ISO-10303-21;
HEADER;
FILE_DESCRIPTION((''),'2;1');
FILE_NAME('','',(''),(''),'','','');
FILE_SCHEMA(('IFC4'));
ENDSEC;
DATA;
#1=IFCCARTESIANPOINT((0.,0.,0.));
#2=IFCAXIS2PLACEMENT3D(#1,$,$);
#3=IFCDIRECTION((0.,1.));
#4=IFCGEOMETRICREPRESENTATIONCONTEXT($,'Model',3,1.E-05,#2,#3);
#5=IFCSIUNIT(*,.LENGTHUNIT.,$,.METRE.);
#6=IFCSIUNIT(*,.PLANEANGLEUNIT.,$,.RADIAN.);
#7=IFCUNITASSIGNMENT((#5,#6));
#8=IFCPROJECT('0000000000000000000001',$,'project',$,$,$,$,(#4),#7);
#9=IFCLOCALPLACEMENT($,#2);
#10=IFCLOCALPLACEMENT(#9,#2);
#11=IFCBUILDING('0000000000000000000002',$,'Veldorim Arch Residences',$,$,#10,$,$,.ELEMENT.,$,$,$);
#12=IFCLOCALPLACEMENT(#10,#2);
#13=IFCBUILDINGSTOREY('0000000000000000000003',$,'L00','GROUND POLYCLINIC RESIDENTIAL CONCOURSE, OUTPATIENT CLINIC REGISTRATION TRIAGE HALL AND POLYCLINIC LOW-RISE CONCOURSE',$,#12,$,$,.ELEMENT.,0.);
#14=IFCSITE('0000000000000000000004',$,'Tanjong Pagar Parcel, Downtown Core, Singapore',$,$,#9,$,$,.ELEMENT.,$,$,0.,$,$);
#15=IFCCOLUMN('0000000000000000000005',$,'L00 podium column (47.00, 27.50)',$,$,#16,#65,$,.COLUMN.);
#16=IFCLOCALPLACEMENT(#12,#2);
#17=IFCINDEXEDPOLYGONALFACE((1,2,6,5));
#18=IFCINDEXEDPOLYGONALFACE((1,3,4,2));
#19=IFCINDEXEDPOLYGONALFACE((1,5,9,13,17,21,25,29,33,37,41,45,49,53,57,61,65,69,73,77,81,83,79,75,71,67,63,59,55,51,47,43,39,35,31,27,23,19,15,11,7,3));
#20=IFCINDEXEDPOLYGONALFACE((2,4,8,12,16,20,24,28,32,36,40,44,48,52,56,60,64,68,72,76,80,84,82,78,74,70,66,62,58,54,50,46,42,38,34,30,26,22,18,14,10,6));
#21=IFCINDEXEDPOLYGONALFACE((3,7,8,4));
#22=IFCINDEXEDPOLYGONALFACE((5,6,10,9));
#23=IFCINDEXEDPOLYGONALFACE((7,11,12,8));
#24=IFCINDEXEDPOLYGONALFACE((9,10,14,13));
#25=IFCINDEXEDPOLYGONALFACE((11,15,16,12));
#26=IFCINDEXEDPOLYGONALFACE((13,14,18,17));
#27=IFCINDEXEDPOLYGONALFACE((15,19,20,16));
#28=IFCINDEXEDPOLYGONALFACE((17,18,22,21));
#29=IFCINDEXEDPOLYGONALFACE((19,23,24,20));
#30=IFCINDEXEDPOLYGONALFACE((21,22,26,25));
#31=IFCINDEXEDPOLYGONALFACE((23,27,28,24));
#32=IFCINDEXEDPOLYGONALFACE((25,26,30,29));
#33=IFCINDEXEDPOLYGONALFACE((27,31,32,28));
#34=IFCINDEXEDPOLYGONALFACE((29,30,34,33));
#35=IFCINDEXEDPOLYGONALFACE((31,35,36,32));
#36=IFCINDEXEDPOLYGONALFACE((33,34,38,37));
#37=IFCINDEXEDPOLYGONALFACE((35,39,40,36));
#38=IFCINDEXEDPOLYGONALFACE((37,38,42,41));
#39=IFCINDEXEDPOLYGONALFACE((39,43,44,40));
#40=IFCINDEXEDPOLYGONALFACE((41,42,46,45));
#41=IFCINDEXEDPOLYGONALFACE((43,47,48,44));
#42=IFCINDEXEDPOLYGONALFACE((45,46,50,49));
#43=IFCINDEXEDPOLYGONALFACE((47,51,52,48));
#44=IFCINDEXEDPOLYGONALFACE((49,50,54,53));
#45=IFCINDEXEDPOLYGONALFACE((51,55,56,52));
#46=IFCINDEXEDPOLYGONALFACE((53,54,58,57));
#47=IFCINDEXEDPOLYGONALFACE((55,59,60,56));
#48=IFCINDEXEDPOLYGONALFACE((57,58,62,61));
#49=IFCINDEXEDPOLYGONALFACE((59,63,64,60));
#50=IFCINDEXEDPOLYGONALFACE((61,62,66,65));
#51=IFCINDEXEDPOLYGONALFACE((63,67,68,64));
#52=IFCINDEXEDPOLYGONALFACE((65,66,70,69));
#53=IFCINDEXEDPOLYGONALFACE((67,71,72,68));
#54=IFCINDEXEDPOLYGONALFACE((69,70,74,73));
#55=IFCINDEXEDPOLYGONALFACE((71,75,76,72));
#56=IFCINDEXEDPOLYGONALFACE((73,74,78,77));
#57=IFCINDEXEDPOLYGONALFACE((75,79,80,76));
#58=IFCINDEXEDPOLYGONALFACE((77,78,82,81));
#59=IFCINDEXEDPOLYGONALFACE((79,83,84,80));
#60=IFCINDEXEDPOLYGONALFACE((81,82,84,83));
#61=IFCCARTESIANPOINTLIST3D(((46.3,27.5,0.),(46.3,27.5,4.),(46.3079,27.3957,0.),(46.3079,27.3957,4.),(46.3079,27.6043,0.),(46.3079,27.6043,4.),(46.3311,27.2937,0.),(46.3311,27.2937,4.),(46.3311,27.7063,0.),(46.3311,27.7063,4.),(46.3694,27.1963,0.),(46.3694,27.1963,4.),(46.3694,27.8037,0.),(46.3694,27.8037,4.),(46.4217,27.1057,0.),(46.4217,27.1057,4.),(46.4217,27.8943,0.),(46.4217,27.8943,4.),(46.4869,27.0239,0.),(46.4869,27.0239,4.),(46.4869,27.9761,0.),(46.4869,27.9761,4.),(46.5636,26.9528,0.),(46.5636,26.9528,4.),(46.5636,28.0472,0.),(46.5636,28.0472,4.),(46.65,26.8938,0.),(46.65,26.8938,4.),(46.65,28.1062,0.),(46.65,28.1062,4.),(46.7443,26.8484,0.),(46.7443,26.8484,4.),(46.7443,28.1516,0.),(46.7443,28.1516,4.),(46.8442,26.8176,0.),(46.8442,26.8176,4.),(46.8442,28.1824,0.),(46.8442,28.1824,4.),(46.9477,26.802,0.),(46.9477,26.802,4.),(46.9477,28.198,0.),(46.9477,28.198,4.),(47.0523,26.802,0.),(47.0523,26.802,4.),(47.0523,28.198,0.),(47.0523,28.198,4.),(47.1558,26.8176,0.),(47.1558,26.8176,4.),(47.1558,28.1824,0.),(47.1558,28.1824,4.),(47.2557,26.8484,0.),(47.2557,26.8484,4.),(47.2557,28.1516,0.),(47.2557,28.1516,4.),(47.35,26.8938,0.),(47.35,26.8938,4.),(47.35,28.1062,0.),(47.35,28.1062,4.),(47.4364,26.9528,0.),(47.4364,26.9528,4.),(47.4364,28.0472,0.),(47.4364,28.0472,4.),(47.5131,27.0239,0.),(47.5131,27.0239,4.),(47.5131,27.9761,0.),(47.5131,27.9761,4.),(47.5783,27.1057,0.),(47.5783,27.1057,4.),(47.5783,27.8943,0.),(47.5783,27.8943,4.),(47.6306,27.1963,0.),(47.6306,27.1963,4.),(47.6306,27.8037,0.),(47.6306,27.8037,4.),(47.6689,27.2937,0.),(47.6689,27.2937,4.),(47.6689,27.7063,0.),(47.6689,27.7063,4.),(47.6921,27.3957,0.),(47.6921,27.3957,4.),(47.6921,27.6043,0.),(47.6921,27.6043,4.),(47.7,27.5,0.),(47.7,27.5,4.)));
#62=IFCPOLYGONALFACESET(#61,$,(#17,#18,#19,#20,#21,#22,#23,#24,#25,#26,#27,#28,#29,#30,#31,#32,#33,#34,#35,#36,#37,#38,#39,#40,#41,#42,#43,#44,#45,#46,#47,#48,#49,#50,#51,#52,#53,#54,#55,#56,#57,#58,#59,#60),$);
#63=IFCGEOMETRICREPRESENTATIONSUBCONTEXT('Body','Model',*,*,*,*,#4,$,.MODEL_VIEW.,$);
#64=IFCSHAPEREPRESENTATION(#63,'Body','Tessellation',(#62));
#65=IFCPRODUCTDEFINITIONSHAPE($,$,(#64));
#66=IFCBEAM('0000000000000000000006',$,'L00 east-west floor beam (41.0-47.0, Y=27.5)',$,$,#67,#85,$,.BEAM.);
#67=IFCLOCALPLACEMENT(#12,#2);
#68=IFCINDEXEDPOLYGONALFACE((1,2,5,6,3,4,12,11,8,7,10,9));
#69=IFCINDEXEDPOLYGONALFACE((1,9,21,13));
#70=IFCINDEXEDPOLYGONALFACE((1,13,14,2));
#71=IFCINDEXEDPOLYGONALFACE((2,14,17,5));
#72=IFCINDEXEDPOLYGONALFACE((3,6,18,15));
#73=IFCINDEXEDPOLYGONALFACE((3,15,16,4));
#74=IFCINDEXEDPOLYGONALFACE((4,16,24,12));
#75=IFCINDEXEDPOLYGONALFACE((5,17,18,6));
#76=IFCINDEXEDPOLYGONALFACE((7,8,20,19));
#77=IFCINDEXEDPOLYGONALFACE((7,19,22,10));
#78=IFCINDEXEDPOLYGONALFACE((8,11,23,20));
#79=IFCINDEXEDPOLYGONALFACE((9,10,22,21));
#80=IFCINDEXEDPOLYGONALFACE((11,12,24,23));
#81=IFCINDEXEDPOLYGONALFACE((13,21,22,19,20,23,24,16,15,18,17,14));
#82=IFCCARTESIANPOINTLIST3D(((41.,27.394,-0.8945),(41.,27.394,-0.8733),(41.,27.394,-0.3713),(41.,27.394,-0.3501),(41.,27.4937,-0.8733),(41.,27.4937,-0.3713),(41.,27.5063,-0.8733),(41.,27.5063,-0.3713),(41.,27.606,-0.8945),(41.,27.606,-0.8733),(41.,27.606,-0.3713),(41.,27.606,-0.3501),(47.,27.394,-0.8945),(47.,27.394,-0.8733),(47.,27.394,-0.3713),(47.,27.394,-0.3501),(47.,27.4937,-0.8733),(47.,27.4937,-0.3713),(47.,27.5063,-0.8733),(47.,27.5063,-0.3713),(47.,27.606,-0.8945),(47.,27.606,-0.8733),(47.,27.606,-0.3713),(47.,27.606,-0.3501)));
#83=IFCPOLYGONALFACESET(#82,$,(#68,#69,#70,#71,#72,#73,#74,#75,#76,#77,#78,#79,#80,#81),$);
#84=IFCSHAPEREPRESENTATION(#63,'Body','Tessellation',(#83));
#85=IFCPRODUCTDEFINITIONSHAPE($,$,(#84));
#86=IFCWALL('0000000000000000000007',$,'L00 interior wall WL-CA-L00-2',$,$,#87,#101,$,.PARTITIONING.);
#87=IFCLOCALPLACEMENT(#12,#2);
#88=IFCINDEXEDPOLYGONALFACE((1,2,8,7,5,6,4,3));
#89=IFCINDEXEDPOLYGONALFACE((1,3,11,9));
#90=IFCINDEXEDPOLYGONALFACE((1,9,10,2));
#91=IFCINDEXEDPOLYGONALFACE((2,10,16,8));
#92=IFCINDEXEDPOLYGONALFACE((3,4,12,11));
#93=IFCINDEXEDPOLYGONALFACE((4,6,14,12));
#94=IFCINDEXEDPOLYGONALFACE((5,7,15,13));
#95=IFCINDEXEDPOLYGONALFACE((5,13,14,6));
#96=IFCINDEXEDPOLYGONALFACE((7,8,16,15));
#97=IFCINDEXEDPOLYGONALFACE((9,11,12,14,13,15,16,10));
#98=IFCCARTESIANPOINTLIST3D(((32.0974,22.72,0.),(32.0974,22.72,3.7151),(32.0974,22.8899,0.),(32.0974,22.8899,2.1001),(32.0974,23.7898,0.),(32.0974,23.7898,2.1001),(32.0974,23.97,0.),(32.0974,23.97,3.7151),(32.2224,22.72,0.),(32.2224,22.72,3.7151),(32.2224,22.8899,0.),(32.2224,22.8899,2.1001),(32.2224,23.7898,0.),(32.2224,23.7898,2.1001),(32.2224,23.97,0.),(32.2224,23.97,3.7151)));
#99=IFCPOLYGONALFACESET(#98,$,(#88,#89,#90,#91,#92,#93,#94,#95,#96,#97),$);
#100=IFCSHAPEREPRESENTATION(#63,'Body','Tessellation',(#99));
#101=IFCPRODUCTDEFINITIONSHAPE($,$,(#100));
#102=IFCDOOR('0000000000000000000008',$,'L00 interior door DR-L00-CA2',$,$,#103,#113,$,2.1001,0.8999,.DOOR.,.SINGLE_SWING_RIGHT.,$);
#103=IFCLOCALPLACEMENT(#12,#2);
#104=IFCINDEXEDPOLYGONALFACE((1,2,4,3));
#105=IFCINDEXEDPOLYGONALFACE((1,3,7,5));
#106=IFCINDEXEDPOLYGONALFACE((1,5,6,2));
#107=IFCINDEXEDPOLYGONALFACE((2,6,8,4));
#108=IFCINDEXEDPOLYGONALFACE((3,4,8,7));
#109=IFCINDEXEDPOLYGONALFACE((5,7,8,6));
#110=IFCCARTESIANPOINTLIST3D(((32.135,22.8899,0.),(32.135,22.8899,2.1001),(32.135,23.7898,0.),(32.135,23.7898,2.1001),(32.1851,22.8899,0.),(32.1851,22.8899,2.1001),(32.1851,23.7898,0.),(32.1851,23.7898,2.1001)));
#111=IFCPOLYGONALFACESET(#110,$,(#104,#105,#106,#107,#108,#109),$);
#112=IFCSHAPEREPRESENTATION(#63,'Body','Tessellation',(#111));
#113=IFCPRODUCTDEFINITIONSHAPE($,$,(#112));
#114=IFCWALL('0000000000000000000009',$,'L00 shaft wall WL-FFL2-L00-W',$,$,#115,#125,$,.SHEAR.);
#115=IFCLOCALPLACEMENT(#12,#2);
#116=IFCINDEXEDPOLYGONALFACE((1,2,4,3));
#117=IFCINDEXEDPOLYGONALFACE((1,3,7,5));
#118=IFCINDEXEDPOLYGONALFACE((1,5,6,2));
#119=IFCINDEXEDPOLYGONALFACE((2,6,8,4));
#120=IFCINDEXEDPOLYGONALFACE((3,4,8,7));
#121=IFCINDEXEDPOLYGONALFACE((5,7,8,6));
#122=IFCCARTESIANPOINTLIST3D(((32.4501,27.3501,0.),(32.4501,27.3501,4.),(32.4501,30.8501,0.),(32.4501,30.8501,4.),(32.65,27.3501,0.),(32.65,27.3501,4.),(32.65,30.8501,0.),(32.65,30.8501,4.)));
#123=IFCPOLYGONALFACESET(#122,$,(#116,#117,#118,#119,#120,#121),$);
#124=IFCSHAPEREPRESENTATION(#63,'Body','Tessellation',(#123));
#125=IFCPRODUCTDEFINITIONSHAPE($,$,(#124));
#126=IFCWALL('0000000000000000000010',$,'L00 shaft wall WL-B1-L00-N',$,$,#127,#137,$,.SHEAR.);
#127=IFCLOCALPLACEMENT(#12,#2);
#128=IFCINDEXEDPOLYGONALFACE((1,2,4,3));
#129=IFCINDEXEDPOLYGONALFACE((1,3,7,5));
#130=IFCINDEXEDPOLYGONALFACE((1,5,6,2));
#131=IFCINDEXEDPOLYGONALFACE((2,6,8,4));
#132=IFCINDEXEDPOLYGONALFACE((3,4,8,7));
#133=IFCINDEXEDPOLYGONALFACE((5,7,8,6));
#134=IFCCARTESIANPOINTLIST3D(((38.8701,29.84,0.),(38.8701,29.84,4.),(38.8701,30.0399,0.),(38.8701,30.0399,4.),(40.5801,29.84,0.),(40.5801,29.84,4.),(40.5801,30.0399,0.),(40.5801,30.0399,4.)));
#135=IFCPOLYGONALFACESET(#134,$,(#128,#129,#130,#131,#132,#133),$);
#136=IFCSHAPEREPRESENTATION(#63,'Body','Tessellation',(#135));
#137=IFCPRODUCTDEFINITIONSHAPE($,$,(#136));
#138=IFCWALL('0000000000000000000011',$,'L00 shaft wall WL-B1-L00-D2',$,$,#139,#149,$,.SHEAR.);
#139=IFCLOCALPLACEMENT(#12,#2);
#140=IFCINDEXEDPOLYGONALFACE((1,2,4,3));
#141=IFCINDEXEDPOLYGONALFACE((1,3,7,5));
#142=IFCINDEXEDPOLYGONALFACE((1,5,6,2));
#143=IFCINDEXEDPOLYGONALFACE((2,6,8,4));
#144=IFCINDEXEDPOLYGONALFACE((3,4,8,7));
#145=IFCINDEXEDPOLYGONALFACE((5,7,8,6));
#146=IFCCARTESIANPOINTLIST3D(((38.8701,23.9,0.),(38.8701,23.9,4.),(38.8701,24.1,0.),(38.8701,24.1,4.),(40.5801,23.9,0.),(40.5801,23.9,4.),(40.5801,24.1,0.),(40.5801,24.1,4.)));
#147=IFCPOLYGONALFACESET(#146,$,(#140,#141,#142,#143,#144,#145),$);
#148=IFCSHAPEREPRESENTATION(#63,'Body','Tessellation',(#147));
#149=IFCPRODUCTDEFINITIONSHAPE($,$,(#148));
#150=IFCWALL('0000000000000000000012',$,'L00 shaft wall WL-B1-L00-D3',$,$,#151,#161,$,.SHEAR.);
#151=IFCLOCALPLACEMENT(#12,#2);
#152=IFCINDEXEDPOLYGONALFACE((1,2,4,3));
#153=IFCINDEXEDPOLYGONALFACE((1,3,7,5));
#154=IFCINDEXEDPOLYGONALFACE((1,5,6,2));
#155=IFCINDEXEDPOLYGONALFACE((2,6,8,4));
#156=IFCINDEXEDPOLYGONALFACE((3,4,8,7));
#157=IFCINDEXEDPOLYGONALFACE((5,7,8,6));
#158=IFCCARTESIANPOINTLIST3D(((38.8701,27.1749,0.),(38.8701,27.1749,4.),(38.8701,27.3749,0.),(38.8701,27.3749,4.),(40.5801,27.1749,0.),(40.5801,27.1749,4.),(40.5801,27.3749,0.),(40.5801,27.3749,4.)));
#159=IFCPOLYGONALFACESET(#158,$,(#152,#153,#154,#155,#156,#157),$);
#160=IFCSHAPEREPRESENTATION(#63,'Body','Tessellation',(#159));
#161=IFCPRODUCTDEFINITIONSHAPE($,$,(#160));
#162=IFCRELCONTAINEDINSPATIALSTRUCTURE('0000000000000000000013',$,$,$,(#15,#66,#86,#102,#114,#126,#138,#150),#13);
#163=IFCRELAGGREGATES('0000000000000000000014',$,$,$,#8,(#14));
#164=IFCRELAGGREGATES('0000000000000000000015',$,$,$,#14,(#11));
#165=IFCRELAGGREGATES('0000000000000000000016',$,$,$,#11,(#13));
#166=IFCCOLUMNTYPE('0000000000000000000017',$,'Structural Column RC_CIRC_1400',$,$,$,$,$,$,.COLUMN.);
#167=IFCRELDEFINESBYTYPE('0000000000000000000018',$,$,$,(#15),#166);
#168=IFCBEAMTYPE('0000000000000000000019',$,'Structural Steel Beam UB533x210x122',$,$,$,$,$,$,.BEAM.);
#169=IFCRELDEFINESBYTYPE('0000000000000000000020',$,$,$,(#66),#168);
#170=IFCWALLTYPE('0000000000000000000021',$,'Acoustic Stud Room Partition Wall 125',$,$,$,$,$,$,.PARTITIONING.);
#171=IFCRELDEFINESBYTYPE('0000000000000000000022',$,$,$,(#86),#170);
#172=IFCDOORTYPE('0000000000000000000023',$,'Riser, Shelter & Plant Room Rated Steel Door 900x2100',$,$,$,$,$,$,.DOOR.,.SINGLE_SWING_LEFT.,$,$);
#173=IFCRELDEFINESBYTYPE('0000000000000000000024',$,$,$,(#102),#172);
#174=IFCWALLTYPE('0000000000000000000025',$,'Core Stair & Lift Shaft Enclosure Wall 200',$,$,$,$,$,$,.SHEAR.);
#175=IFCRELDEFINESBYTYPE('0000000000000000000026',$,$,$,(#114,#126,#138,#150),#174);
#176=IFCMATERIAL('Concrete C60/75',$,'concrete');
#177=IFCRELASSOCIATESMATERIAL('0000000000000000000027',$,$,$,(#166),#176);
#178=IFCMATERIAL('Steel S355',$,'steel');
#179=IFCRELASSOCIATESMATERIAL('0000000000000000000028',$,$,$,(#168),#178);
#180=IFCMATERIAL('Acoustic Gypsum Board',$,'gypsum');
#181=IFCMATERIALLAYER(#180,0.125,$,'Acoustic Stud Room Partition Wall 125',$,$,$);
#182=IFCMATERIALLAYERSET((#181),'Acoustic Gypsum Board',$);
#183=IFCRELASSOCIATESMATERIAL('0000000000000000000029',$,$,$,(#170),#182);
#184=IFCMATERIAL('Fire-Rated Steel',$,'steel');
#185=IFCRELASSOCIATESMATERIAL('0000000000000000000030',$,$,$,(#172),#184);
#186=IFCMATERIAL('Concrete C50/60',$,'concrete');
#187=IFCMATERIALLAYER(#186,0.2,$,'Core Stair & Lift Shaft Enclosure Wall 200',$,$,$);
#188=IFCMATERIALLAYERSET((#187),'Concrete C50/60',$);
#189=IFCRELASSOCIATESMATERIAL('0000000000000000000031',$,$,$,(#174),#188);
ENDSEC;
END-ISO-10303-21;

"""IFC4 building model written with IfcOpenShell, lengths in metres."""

from ifc_helpers import new_model, si_unit, direction, frame, frame_2d, origin, origin_2d, place, context, subcontext, project, spatial, rectangle, circle, i_section, extrude, material, layer, layer_set, material_profile, profile_set, type_object, element, fill, save


model = new_model("IFC4")

# Units and contexts
model_context = context("Model", 3, precision=1e-05, world=origin(), true_north=direction((0.0, 1.0)))
body_context = subcontext(model_context, "Body", "Model", "MODEL_VIEW")
ifc_project = project(units=[si_unit("LENGTHUNIT", "METRE"), si_unit("PLANEANGLEUNIT", "RADIAN")], contexts=[model_context])

# Site, building, storey
site_placement = place(None, origin())
site = spatial("IfcSite", under=ifc_project, at=site_placement, Name="Tanjong Pagar Parcel, Downtown Core, Singapore", CompositionType="ELEMENT", RefElevation=0.0)
building_placement = place(site_placement, origin())
building = spatial("IfcBuilding", under=site, at=building_placement, Name="Veldorim Arch Residences", CompositionType="ELEMENT")
storey_placement = place(building_placement, origin())
storey = spatial("IfcBuildingStorey", under=building, at=storey_placement, Name="L00", Description="GROUND POLYCLINIC RESIDENTIAL CONCOURSE, OUTPATIENT CLINIC REGISTRATION TRIAGE HALL AND POLYCLINIC LOW-RISE CONCOURSE", CompositionType="ELEMENT", Elevation=0.0)

# Column
ifc_material_1 = material(Name="Concrete C60/75", Category="concrete")
ifc_material_profile_1 = material_profile(ifc_material_1, circle(Radius=0.7, at=origin_2d()), Name="RC_CIRC_1400")
ifc_profile_set_1 = profile_set([ifc_material_profile_1], Name="Concrete C60/75")
column_type = type_object("IfcColumnType", Name="Structural Column RC_CIRC_1400", PredefinedType="COLUMN", material=ifc_profile_set_1)
column_placement = place(storey_placement, frame((47.0, 27.5, 0.0), z_axis=(0.0, 0.0, 1.0), x_axis=(1.0, 0.0, 0.0)))
element("IfcColumn", 1, at=column_placement, inside=storey, type_object=column_type, Name="L00 podium column (47.00, 27.50)", PredefinedType="COLUMN", context=body_context, shape_type="SweptSolid", body=[
    extrude(circle(Radius=0.7, at=origin_2d()), origin(), (0.0, 0.0, 1.0), 4.0),
])

# Beam
ifc_material_2 = material(Name="Steel S355", Category="steel")
ifc_material_profile_2 = material_profile(ifc_material_2, i_section(OverallWidth=0.2119, OverallDepth=0.5444, WebThickness=0.0127, FlangeThickness=0.0212, at=origin_2d()), Name="UB533x210x122")
ifc_profile_set_2 = profile_set([ifc_material_profile_2], Name="Steel S355")
beam_type = type_object("IfcBeamType", Name="Structural Steel Beam UB533x210x122", PredefinedType="BEAM", material=ifc_profile_set_2)
beam_placement = place(storey_placement, frame((41.0, 27.5, -0.6223), z_axis=(1.0, 0.0, 0.0), x_axis=(0.0, 1.0, 0.0)))
element("IfcBeam", 2, at=beam_placement, inside=storey, type_object=beam_type, Name="L00 east-west floor beam (41.0-47.0, Y=27.5)", PredefinedType="BEAM", context=body_context, shape_type="SweptSolid", body=[
    extrude(i_section(OverallWidth=0.2119, OverallDepth=0.5444, WebThickness=0.0127, FlangeThickness=0.0212, at=origin_2d()), origin(), (0.0, 0.0, 1.0), 6.0),
])

# Wall, opening, door
ifc_material_3 = material(Name="Acoustic Gypsum Board", Category="gypsum")
ifc_layer_1 = layer(ifc_material_3, 0.125, Name="Acoustic Stud Room Partition Wall 125")
ifc_layer_set_1 = layer_set([ifc_layer_1], Name="Acoustic Gypsum Board")
wall_type_1 = type_object("IfcWallType", Name="Acoustic Stud Room Partition Wall 125", PredefinedType="PARTITIONING", material=ifc_layer_set_1)
wall_1_placement = place(storey_placement, frame((32.1599, 22.72, 0.0), z_axis=(0.0, 0.0, 1.0), x_axis=(0.0, 1.0, 0.0)))
wall_1 = element("IfcWall", 3, at=wall_1_placement, inside=storey, type_object=wall_type_1, Name="L00 interior wall WL-CA-L00-2", PredefinedType="PARTITIONING", context=body_context, shape_type="SweptSolid", body=[
    extrude(rectangle(XDim=1.25, YDim=0.125, at=frame_2d((0.625, 0.0))), origin(), (0.0, 0.0, 1.0), 3.7151),
])
opening_1_placement = place(wall_1_placement, frame((0.1699, 0.0, 0.0)))
opening_1 = element("IfcOpeningElement", 4, at=opening_1_placement, cuts=wall_1, PredefinedType="OPENING", context=body_context, shape_type="SweptSolid", body=[
    extrude(rectangle(XDim=0.8999, YDim=2.1001, at=frame_2d((0.45, 1.05))), frame((0.0, 0.0725, 0.0), z_axis=(0.0, -1.0, 0.0), x_axis=(1.0, 0.0, 0.0)), (0.0, 0.0, 1.0), 0.145),
])
ifc_material_4 = material(Name="Fire-Rated Steel", Category="steel")
door_type_1 = type_object("IfcDoorType", Name="Riser, Shelter & Plant Room Rated Steel Door 900x2100", OperationType="SINGLE_SWING_LEFT", PredefinedType="DOOR", material=ifc_material_4)
door_1_placement = place(opening_1_placement, origin())
door_1 = element("IfcDoor", 5, at=door_1_placement, inside=storey, type_object=door_type_1, Name="L00 interior door DR-L00-CA2", OperationType="SINGLE_SWING_RIGHT", OverallHeight=2.1001, OverallWidth=0.8999, PredefinedType="DOOR", context=body_context, shape_type="SweptSolid", body=[
    extrude(rectangle(XDim=0.8999, YDim=2.1001, at=frame_2d((0.45, 1.05))), frame((0.0, 0.0249, 0.0), z_axis=(0.0, -1.0, 0.0), x_axis=(1.0, 0.0, 0.0)), (0.0, 0.0, 1.0), 0.05),
])
fill(opening_1, door_1)
ifc_material_5 = material(Name="Concrete C50/60", Category="concrete")
ifc_layer_2 = layer(ifc_material_5, 0.2, Name="Core Stair & Lift Shaft Enclosure Wall 200")
ifc_layer_set_2 = layer_set([ifc_layer_2], Name="Concrete C50/60")
wall_type_2 = type_object("IfcWallType", Name="Core Stair & Lift Shaft Enclosure Wall 200", PredefinedType="SHEAR", material=ifc_layer_set_2)

# Walls
wall_2_placement = place(storey_placement, frame((32.55, 27.3501, 0.0), z_axis=(0.0, 0.0, 1.0), x_axis=(0.0, 1.0, 0.0)))
element("IfcWall", 6, at=wall_2_placement, inside=storey, type_object=wall_type_2, Name="L00 shaft wall WL-FFL2-L00-W", PredefinedType="SHEAR", context=body_context, shape_type="SweptSolid", body=[
    extrude(rectangle(XDim=3.5, YDim=0.2, at=frame_2d((1.75, 0.0))), origin(), (0.0, 0.0, 1.0), 4.0),
])
for number, where, z_axis, x_axis, name in (
    (7, (38.8701, 29.9399, 0.0), (0.0, 0.0, 1.0), (1.0, 0.0, 0.0), "L00 shaft wall WL-B1-L00-N"),
    (8, (38.8701, 24.0, 0.0), (0.0, 0.0, 1.0), (1.0, 0.0, 0.0), "L00 shaft wall WL-B1-L00-D2"),
    (9, (38.8701, 27.2749, 0.0), (0.0, 0.0, 1.0), (1.0, 0.0, 0.0), "L00 shaft wall WL-B1-L00-D3"),
):
    element("IfcWall", number, at=place(storey_placement, frame(where, z_axis=z_axis, x_axis=x_axis)), inside=storey, type_object=wall_type_2, Name=name, PredefinedType="SHEAR", context=body_context, shape_type="SweptSolid", body=[
        extrude(rectangle(XDim=1.71, YDim=0.2, at=frame_2d((0.855, 0.0))), origin(), (0.0, 0.0, 1.0), 4.0),
    ])

save(model, "model.ifc")
